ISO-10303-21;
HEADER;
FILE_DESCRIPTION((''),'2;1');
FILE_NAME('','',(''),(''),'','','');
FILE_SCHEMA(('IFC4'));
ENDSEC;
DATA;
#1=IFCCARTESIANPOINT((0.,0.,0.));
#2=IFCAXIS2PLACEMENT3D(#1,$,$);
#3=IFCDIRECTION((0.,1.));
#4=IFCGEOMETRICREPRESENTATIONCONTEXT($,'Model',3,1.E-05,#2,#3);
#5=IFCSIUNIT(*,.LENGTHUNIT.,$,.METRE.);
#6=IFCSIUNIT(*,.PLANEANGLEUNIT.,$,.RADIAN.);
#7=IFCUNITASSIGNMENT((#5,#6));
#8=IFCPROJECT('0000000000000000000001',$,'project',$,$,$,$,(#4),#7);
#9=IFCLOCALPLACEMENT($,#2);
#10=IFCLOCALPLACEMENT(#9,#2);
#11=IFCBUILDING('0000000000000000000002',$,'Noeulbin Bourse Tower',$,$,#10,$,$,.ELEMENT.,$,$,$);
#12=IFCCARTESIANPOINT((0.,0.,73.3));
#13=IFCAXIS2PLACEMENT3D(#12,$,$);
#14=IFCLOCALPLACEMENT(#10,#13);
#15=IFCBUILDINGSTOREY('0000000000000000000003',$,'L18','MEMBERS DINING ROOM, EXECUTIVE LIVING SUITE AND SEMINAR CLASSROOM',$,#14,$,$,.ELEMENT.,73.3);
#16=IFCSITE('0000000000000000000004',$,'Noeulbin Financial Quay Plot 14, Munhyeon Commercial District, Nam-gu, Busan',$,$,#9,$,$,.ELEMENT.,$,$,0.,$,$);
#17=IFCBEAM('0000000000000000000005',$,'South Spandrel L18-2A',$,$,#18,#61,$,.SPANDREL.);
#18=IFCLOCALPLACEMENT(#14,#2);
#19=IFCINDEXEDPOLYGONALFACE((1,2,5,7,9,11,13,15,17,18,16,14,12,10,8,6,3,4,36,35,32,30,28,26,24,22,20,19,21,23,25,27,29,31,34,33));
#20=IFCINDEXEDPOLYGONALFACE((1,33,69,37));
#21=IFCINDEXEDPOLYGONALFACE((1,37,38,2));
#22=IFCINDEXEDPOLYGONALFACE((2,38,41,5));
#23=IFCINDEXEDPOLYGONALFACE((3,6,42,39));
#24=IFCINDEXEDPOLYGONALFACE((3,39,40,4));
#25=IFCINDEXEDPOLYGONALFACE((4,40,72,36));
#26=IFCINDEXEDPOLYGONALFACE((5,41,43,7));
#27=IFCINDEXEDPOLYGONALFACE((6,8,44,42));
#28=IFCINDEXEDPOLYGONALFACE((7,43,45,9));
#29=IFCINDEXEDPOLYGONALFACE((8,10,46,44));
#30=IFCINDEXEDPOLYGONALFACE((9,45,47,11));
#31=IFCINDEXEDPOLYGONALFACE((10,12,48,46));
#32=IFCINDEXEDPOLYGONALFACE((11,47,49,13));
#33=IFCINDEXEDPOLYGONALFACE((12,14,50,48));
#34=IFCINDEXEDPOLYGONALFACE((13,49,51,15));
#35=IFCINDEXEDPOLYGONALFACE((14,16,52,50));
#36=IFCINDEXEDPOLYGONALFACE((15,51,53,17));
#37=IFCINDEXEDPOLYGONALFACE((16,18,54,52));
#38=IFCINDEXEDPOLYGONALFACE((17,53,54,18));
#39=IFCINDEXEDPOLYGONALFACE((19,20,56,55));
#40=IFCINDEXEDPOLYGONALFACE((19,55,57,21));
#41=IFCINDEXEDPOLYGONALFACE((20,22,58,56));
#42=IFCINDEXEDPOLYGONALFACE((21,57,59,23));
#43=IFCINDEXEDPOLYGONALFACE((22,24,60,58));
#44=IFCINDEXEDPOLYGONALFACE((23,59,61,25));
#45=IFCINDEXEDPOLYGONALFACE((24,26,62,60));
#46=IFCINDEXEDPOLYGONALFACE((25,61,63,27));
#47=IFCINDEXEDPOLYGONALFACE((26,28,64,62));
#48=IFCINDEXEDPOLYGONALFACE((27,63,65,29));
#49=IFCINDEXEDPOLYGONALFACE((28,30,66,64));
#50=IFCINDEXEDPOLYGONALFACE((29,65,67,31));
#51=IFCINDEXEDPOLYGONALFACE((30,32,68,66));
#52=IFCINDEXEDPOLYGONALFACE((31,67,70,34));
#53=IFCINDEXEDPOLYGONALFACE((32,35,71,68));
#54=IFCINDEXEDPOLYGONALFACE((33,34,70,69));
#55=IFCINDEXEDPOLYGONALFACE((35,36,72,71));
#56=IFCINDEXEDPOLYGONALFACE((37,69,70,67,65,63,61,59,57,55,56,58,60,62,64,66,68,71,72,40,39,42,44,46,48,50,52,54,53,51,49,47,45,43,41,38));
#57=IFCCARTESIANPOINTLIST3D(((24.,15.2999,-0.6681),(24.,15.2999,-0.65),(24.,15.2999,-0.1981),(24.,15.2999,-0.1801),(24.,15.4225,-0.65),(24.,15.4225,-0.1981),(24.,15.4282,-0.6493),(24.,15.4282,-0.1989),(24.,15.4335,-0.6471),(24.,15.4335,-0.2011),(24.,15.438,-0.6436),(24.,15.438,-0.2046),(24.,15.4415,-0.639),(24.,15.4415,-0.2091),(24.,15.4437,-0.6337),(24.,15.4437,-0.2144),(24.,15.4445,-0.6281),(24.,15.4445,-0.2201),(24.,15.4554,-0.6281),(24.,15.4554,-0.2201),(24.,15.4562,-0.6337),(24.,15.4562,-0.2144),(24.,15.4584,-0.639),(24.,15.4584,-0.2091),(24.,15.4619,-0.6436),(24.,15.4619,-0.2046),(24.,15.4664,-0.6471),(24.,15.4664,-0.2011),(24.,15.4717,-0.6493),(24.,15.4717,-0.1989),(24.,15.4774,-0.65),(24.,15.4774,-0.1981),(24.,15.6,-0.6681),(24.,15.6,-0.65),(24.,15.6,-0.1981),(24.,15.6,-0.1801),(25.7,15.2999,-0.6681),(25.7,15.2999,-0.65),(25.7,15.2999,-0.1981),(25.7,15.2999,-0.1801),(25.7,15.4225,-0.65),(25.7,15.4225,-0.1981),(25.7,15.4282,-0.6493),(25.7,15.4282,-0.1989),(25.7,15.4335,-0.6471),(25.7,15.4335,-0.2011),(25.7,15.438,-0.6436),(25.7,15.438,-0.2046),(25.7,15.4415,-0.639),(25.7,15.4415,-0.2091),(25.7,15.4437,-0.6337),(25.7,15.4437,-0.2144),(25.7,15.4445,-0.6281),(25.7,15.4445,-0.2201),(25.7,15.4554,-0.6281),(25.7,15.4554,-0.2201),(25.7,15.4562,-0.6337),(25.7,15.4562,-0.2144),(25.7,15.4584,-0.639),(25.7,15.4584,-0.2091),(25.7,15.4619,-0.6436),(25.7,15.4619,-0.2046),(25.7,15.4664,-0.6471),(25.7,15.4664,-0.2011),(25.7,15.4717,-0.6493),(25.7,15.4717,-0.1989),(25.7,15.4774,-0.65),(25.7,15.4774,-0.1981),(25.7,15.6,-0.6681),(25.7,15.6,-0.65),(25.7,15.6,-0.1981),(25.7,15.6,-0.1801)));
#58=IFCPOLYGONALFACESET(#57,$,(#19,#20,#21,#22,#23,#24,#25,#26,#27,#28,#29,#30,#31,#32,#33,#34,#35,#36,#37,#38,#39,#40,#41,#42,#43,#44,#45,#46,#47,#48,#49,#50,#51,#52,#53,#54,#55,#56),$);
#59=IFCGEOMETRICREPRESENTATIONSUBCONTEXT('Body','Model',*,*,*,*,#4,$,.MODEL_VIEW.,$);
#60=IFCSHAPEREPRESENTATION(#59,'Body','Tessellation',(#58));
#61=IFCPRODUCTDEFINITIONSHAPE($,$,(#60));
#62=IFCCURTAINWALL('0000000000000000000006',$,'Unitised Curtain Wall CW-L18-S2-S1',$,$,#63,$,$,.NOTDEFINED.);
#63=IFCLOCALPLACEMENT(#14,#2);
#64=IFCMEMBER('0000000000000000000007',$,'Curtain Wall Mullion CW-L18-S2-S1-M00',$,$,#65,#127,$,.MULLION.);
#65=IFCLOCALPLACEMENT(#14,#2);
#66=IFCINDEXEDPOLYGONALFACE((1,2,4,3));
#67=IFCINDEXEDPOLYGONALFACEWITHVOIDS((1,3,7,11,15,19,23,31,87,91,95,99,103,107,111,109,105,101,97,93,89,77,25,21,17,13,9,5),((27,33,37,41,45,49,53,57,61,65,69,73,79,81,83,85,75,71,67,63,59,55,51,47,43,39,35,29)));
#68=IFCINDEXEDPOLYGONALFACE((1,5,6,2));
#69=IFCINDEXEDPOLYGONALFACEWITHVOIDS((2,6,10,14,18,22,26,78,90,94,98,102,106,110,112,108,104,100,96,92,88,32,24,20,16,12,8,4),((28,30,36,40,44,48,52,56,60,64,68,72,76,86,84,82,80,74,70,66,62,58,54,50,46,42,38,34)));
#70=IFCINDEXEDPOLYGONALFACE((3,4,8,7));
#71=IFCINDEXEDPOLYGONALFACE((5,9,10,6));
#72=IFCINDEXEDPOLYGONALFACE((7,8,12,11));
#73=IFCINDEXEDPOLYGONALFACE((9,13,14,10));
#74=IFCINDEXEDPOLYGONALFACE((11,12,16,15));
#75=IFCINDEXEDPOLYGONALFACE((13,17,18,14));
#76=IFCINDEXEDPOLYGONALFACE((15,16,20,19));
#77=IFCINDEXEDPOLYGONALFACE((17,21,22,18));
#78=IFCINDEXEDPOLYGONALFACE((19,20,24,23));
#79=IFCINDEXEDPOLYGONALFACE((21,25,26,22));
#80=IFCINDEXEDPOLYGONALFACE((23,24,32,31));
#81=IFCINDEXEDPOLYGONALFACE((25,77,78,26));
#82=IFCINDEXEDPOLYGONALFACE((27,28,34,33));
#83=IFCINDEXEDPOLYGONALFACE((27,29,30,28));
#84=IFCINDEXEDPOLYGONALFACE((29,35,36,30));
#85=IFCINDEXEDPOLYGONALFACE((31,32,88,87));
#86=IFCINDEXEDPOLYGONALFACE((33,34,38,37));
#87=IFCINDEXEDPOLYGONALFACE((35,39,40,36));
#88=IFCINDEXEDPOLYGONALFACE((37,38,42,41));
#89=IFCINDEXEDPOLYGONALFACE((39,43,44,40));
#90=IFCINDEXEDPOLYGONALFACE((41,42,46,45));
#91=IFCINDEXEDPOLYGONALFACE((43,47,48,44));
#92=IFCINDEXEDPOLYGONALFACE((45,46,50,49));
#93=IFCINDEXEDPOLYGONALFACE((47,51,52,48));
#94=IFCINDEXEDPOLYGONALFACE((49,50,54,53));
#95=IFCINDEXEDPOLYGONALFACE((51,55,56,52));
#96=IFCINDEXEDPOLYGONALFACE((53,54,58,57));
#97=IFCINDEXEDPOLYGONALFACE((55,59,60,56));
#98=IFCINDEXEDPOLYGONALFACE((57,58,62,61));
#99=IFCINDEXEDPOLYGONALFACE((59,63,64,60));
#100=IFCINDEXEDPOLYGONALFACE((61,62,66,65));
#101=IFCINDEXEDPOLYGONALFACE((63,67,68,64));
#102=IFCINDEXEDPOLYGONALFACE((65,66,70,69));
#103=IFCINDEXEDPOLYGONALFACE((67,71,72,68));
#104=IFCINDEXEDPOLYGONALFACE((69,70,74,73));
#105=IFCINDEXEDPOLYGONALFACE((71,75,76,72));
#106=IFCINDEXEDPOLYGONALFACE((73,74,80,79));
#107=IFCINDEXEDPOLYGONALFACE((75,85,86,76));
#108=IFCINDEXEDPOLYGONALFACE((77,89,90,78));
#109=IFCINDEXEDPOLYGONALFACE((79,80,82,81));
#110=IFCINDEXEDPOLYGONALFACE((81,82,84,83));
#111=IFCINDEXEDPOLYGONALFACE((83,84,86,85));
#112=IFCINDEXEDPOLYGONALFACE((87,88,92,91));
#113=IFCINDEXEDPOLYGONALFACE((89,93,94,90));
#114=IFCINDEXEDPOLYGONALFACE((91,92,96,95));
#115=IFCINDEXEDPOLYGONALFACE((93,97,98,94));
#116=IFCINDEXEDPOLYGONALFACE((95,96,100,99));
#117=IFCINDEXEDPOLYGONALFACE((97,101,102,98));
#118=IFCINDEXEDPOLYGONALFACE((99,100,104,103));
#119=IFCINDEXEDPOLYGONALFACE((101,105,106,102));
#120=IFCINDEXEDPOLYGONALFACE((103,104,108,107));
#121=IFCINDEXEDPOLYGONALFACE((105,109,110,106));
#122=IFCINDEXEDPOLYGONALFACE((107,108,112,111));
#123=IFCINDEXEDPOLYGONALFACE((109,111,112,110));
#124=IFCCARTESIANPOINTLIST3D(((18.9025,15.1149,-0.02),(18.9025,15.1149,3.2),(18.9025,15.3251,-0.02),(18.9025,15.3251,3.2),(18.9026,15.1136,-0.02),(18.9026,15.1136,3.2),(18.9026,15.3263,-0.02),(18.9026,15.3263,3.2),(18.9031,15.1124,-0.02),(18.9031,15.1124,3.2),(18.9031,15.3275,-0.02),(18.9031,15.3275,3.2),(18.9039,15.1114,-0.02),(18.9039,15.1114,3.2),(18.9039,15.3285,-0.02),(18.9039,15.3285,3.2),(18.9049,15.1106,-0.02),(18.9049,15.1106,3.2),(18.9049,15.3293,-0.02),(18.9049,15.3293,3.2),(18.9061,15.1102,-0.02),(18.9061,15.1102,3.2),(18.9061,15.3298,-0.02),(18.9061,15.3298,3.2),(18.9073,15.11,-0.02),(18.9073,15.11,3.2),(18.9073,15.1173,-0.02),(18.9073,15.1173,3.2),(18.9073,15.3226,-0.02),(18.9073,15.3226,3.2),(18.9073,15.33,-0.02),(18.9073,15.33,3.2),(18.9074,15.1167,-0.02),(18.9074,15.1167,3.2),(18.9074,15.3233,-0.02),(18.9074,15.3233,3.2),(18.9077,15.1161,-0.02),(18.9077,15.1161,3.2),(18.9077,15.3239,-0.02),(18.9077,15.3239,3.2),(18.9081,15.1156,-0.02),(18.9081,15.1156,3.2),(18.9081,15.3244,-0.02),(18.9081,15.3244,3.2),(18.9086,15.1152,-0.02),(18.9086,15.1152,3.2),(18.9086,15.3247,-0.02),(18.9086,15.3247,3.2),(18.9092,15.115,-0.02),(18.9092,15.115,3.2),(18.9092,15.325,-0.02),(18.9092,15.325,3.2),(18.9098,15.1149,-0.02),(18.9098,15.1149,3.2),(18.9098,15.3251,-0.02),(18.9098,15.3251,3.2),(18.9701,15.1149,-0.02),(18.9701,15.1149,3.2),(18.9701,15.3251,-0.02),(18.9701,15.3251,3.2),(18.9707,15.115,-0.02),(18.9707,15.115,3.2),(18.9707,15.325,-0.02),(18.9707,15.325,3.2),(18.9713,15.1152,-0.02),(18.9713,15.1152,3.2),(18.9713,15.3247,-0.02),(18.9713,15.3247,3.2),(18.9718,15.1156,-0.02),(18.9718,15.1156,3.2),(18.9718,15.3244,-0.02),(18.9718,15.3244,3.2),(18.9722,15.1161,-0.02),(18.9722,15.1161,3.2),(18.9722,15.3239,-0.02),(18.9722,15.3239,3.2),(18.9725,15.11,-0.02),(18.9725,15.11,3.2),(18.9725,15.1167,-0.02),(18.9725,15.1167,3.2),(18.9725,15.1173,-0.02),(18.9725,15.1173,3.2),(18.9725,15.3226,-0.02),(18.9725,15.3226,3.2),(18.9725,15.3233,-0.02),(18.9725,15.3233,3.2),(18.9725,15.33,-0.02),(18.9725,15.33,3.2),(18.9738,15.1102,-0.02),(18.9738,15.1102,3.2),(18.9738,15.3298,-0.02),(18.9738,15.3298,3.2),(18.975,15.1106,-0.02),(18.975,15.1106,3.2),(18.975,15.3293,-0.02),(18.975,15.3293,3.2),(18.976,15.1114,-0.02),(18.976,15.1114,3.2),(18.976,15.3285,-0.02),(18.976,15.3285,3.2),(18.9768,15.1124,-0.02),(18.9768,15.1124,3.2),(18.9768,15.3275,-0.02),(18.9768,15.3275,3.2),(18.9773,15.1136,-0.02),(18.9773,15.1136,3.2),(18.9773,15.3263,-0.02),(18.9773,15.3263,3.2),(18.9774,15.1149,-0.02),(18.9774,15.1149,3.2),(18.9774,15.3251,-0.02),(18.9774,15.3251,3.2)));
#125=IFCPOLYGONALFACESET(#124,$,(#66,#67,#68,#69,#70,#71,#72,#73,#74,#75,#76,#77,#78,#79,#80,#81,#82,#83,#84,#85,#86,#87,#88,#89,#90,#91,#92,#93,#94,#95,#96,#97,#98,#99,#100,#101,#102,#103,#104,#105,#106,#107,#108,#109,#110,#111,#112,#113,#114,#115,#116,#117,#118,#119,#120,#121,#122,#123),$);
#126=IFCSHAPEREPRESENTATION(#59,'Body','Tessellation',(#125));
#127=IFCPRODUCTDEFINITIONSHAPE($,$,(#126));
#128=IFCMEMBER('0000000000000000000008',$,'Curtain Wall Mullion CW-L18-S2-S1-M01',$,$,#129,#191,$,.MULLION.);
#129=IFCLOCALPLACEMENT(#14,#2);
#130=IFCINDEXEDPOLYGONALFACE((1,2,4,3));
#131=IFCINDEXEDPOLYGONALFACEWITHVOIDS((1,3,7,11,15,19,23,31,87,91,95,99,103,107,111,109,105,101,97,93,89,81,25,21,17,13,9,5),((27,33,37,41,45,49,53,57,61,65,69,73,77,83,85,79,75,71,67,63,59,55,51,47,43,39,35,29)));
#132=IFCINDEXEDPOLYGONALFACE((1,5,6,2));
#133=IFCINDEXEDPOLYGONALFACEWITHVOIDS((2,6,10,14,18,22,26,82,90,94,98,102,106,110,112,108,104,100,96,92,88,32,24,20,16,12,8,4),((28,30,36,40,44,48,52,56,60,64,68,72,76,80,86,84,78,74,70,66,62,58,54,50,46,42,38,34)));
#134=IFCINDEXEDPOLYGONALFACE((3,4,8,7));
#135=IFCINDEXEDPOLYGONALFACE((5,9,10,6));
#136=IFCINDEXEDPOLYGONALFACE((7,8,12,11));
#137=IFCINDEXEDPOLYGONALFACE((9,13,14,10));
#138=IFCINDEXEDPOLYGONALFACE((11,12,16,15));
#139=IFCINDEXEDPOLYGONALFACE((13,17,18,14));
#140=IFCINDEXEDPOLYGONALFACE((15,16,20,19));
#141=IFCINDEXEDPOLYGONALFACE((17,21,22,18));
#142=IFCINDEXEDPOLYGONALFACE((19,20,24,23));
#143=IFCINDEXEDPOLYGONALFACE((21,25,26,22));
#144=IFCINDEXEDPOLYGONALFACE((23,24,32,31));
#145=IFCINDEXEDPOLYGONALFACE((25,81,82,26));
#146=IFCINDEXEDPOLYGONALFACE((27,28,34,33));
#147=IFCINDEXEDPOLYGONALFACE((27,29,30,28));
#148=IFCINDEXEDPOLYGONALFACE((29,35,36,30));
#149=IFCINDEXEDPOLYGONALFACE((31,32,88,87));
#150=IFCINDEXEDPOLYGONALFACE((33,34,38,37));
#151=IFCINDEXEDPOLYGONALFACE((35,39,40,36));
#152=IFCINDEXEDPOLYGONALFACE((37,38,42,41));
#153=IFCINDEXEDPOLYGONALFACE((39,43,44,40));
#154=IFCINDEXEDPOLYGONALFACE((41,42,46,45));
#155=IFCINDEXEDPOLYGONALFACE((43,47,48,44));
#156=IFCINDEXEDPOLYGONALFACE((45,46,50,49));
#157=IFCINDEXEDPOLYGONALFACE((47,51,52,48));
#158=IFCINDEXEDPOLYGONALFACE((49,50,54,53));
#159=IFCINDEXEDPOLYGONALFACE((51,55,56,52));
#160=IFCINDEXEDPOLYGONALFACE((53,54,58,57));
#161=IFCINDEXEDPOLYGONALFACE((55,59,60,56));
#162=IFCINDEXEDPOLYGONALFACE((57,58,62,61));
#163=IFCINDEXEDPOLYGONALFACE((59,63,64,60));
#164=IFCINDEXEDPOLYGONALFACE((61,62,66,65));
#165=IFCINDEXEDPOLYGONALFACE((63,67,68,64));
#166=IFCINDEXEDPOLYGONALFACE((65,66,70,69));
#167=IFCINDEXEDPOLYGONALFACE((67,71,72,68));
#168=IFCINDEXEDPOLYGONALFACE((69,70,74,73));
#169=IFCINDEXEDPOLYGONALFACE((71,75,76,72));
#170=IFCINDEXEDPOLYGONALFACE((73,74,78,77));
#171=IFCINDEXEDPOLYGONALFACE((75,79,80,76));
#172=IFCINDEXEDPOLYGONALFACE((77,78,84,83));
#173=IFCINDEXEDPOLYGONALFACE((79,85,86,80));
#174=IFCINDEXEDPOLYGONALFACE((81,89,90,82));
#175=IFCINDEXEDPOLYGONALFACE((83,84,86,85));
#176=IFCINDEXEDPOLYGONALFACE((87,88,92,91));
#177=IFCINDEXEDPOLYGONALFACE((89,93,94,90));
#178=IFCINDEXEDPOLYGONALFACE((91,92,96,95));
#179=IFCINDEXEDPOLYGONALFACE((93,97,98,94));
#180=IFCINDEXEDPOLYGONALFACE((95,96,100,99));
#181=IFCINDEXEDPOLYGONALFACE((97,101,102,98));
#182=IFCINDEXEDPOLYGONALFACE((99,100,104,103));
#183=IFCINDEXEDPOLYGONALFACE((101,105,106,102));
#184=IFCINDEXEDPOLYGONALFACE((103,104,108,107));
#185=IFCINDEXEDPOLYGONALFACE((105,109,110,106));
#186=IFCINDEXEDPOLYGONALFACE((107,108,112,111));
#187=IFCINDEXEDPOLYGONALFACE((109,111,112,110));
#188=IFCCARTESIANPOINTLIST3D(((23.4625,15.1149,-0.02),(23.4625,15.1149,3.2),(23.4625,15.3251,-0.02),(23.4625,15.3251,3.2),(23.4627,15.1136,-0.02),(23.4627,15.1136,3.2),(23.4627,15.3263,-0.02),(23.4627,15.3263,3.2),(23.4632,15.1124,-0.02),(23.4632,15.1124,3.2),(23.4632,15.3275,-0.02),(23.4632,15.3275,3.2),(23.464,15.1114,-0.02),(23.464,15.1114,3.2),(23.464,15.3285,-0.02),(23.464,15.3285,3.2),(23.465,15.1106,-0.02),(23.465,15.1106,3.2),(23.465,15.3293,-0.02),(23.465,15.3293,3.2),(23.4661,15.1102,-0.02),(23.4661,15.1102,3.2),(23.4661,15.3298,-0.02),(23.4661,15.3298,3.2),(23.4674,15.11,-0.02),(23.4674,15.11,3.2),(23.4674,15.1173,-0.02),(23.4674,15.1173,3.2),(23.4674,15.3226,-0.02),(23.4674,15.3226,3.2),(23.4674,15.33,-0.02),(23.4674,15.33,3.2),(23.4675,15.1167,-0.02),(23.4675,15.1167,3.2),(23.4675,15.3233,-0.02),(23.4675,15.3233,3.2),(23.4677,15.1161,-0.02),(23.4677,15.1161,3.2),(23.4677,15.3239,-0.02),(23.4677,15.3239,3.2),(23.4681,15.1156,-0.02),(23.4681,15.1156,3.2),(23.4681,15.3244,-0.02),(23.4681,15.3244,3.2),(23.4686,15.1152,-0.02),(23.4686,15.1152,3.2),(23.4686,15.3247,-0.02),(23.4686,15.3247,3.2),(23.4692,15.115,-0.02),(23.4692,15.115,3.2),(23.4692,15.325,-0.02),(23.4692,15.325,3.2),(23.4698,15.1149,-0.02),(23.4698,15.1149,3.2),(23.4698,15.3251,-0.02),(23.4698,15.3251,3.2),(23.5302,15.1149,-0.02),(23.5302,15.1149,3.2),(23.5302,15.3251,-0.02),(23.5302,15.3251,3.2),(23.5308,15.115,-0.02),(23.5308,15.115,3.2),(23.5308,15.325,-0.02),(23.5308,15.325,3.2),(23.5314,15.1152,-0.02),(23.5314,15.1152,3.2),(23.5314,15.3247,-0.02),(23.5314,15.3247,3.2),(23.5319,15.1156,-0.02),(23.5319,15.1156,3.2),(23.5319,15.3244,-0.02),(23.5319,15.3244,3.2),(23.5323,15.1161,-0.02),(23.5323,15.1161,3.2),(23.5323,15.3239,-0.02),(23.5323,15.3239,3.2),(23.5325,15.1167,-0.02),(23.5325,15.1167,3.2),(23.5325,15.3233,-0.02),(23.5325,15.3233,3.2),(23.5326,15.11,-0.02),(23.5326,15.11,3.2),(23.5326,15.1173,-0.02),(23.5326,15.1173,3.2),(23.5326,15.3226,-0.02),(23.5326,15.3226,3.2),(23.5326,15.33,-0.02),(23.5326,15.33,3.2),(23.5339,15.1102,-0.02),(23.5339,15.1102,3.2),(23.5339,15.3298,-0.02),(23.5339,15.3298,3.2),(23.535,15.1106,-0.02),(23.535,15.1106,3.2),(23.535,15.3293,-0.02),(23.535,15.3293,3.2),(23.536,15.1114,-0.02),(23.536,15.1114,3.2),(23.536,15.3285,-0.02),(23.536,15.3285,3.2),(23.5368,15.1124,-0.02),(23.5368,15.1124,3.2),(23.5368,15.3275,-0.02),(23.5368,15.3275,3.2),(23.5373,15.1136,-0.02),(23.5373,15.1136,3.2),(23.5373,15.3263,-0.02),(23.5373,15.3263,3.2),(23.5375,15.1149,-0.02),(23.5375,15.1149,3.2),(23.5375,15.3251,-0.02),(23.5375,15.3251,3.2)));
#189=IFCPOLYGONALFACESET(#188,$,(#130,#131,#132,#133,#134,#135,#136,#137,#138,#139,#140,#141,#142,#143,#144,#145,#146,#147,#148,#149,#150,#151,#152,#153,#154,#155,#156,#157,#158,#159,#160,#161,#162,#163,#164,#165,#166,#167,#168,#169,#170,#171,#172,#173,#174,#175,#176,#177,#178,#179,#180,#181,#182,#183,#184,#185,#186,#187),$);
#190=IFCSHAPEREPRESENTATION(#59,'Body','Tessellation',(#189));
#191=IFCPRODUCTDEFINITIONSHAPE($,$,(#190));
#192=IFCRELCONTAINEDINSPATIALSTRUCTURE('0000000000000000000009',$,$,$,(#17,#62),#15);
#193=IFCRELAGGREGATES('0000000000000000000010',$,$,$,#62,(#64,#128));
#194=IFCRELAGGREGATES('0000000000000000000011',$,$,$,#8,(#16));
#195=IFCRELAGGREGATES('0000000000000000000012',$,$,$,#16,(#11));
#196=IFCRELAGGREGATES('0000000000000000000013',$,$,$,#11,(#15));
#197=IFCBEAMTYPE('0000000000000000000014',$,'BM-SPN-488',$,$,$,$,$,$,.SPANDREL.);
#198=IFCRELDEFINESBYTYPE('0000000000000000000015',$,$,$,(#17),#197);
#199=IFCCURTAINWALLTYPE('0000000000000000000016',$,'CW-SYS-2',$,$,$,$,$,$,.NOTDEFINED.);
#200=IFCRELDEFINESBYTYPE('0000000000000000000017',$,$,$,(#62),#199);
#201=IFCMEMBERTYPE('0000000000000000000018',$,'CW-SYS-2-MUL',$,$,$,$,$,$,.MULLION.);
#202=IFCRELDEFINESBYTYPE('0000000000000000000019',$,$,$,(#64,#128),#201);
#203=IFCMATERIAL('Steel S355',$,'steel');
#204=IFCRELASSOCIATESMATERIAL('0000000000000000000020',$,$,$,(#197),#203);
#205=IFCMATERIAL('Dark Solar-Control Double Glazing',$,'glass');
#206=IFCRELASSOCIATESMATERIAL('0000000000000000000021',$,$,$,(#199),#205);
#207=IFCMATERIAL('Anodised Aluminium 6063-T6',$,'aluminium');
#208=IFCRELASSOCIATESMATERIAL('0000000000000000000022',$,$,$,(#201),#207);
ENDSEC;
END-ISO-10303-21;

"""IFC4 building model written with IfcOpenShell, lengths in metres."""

from ifc_helpers import new_model, si_unit, direction, frame, origin, origin_2d, place, context, subcontext, project, spatial, hollow_rectangle, i_section, extrude, material, material_profile, profile_set, type_object, element, aggregate, save


model = new_model("IFC4")

# Units and contexts
model_context = context("Model", 3, precision=1e-05, world=origin(), true_north=direction((0.0, 1.0)))
body_context = subcontext(model_context, "Body", "Model", "MODEL_VIEW")
ifc_project = project(units=[si_unit("LENGTHUNIT", "METRE"), si_unit("PLANEANGLEUNIT", "RADIAN")], contexts=[model_context])

# Site, building, storey
site_placement = place(None, origin())
site = spatial("IfcSite", under=ifc_project, at=site_placement, Name="Noeulbin Financial Quay Plot 14, Munhyeon Commercial District, Nam-gu, Busan", CompositionType="ELEMENT", RefElevation=0.0)
building_placement = place(site_placement, origin())
building = spatial("IfcBuilding", under=site, at=building_placement, Name="Noeulbin Bourse Tower", CompositionType="ELEMENT")
storey_placement = place(building_placement, frame((0.0, 0.0, 73.3)))
storey = spatial("IfcBuildingStorey", under=building, at=storey_placement, Name="L18", Description="MEMBERS DINING ROOM, EXECUTIVE LIVING SUITE AND SEMINAR CLASSROOM", CompositionType="ELEMENT", Elevation=73.3)

# Beam
ifc_material_1 = material(Name="Steel S355", Category="steel")
ifc_material_profile_1 = material_profile(ifc_material_1, i_section(OverallWidth=0.3, OverallDepth=0.488, WebThickness=0.011, FlangeThickness=0.0181, FilletRadius=0.022, at=origin_2d()), Name="H-488x300x11x18", Category="LoadBearing")
ifc_profile_set_1 = profile_set([ifc_material_profile_1], Name="Steel S355")
beam_type_1 = type_object("IfcBeamType", Name="BM-SPN-488", PredefinedType="SPANDREL", material=ifc_profile_set_1)
beam_1_placement = place(storey_placement, frame((24.0, 15.45, -0.4241), z_axis=(1.0, 0.0, 0.0), x_axis=(0.0, 1.0, 0.0)))
element("IfcBeam", 1, at=beam_1_placement, inside=storey, type_object=beam_type_1, Name="South Spandrel L18-2A", PredefinedType="SPANDREL", context=body_context, shape_type="SweptSolid", body=[
    extrude(i_section(OverallWidth=0.3, OverallDepth=0.488, WebThickness=0.011, FlangeThickness=0.0181, FilletRadius=0.022, at=origin_2d()), origin(), (0.0, 0.0, 1.0), 1.7),
])

# Curtain wall, members
ifc_material_2 = material(Name="Dark Solar-Control Double Glazing", Category="glass")
curtain_wall_type = type_object("IfcCurtainWallType", Name="CW-SYS-2", PredefinedType="NOTDEFINED", material=ifc_material_2)
curtain_wall_placement = place(storey_placement, origin())
curtain_wall = element("IfcCurtainWall", 2, at=curtain_wall_placement, inside=storey, type_object=curtain_wall_type, Name="Unitised Curtain Wall CW-L18-S2-S1", PredefinedType="NOTDEFINED")
ifc_material_3 = material(Name="Anodised Aluminium 6063-T6", Category="aluminium")
ifc_material_profile_2 = material_profile(ifc_material_3, hollow_rectangle(XDim=0.075, YDim=0.22, WallThickness=0.0049, InnerFilletRadius=0.0024, OuterFilletRadius=0.0049, at=origin_2d()), Name="ALU-MULL-75x220x5", Category="LoadBearing")
ifc_profile_set_2 = profile_set([ifc_material_profile_2], Name="Anodised Aluminium 6063-T6")
member_type_1 = type_object("IfcMemberType", Name="CW-SYS-2-MUL", PredefinedType="MULLION", material=ifc_profile_set_2)
member_1_placement = place(storey_placement, frame((18.9399, 15.22, -0.02), z_axis=(0.0, 0.0, 1.0), x_axis=(1.0, 0.0, 0.0)))
member_1 = element("IfcMember", 3, at=member_1_placement, type_object=member_type_1, Name="Curtain Wall Mullion CW-L18-S2-S1-M00", PredefinedType="MULLION", context=body_context, shape_type="SweptSolid", body=[
    extrude(hollow_rectangle(XDim=0.075, YDim=0.22, WallThickness=0.0049, InnerFilletRadius=0.0024, OuterFilletRadius=0.0049, at=origin_2d()), origin(), (0.0, 0.0, 1.0), 3.22),
])
member_2_placement = place(storey_placement, frame((23.5, 15.22, -0.02), z_axis=(0.0, 0.0, 1.0), x_axis=(1.0, 0.0, 0.0)))
member_2 = element("IfcMember", 4, at=member_2_placement, type_object=member_type_1, Name="Curtain Wall Mullion CW-L18-S2-S1-M01", PredefinedType="MULLION", context=body_context, shape_type="SweptSolid", body=[
    extrude(hollow_rectangle(XDim=0.075, YDim=0.22, WallThickness=0.0049, InnerFilletRadius=0.0024, OuterFilletRadius=0.0049, at=origin_2d()), origin(), (0.0, 0.0, 1.0), 3.22),
])
aggregate(curtain_wall, [member_1, member_2])

save(model, "model.ifc")
